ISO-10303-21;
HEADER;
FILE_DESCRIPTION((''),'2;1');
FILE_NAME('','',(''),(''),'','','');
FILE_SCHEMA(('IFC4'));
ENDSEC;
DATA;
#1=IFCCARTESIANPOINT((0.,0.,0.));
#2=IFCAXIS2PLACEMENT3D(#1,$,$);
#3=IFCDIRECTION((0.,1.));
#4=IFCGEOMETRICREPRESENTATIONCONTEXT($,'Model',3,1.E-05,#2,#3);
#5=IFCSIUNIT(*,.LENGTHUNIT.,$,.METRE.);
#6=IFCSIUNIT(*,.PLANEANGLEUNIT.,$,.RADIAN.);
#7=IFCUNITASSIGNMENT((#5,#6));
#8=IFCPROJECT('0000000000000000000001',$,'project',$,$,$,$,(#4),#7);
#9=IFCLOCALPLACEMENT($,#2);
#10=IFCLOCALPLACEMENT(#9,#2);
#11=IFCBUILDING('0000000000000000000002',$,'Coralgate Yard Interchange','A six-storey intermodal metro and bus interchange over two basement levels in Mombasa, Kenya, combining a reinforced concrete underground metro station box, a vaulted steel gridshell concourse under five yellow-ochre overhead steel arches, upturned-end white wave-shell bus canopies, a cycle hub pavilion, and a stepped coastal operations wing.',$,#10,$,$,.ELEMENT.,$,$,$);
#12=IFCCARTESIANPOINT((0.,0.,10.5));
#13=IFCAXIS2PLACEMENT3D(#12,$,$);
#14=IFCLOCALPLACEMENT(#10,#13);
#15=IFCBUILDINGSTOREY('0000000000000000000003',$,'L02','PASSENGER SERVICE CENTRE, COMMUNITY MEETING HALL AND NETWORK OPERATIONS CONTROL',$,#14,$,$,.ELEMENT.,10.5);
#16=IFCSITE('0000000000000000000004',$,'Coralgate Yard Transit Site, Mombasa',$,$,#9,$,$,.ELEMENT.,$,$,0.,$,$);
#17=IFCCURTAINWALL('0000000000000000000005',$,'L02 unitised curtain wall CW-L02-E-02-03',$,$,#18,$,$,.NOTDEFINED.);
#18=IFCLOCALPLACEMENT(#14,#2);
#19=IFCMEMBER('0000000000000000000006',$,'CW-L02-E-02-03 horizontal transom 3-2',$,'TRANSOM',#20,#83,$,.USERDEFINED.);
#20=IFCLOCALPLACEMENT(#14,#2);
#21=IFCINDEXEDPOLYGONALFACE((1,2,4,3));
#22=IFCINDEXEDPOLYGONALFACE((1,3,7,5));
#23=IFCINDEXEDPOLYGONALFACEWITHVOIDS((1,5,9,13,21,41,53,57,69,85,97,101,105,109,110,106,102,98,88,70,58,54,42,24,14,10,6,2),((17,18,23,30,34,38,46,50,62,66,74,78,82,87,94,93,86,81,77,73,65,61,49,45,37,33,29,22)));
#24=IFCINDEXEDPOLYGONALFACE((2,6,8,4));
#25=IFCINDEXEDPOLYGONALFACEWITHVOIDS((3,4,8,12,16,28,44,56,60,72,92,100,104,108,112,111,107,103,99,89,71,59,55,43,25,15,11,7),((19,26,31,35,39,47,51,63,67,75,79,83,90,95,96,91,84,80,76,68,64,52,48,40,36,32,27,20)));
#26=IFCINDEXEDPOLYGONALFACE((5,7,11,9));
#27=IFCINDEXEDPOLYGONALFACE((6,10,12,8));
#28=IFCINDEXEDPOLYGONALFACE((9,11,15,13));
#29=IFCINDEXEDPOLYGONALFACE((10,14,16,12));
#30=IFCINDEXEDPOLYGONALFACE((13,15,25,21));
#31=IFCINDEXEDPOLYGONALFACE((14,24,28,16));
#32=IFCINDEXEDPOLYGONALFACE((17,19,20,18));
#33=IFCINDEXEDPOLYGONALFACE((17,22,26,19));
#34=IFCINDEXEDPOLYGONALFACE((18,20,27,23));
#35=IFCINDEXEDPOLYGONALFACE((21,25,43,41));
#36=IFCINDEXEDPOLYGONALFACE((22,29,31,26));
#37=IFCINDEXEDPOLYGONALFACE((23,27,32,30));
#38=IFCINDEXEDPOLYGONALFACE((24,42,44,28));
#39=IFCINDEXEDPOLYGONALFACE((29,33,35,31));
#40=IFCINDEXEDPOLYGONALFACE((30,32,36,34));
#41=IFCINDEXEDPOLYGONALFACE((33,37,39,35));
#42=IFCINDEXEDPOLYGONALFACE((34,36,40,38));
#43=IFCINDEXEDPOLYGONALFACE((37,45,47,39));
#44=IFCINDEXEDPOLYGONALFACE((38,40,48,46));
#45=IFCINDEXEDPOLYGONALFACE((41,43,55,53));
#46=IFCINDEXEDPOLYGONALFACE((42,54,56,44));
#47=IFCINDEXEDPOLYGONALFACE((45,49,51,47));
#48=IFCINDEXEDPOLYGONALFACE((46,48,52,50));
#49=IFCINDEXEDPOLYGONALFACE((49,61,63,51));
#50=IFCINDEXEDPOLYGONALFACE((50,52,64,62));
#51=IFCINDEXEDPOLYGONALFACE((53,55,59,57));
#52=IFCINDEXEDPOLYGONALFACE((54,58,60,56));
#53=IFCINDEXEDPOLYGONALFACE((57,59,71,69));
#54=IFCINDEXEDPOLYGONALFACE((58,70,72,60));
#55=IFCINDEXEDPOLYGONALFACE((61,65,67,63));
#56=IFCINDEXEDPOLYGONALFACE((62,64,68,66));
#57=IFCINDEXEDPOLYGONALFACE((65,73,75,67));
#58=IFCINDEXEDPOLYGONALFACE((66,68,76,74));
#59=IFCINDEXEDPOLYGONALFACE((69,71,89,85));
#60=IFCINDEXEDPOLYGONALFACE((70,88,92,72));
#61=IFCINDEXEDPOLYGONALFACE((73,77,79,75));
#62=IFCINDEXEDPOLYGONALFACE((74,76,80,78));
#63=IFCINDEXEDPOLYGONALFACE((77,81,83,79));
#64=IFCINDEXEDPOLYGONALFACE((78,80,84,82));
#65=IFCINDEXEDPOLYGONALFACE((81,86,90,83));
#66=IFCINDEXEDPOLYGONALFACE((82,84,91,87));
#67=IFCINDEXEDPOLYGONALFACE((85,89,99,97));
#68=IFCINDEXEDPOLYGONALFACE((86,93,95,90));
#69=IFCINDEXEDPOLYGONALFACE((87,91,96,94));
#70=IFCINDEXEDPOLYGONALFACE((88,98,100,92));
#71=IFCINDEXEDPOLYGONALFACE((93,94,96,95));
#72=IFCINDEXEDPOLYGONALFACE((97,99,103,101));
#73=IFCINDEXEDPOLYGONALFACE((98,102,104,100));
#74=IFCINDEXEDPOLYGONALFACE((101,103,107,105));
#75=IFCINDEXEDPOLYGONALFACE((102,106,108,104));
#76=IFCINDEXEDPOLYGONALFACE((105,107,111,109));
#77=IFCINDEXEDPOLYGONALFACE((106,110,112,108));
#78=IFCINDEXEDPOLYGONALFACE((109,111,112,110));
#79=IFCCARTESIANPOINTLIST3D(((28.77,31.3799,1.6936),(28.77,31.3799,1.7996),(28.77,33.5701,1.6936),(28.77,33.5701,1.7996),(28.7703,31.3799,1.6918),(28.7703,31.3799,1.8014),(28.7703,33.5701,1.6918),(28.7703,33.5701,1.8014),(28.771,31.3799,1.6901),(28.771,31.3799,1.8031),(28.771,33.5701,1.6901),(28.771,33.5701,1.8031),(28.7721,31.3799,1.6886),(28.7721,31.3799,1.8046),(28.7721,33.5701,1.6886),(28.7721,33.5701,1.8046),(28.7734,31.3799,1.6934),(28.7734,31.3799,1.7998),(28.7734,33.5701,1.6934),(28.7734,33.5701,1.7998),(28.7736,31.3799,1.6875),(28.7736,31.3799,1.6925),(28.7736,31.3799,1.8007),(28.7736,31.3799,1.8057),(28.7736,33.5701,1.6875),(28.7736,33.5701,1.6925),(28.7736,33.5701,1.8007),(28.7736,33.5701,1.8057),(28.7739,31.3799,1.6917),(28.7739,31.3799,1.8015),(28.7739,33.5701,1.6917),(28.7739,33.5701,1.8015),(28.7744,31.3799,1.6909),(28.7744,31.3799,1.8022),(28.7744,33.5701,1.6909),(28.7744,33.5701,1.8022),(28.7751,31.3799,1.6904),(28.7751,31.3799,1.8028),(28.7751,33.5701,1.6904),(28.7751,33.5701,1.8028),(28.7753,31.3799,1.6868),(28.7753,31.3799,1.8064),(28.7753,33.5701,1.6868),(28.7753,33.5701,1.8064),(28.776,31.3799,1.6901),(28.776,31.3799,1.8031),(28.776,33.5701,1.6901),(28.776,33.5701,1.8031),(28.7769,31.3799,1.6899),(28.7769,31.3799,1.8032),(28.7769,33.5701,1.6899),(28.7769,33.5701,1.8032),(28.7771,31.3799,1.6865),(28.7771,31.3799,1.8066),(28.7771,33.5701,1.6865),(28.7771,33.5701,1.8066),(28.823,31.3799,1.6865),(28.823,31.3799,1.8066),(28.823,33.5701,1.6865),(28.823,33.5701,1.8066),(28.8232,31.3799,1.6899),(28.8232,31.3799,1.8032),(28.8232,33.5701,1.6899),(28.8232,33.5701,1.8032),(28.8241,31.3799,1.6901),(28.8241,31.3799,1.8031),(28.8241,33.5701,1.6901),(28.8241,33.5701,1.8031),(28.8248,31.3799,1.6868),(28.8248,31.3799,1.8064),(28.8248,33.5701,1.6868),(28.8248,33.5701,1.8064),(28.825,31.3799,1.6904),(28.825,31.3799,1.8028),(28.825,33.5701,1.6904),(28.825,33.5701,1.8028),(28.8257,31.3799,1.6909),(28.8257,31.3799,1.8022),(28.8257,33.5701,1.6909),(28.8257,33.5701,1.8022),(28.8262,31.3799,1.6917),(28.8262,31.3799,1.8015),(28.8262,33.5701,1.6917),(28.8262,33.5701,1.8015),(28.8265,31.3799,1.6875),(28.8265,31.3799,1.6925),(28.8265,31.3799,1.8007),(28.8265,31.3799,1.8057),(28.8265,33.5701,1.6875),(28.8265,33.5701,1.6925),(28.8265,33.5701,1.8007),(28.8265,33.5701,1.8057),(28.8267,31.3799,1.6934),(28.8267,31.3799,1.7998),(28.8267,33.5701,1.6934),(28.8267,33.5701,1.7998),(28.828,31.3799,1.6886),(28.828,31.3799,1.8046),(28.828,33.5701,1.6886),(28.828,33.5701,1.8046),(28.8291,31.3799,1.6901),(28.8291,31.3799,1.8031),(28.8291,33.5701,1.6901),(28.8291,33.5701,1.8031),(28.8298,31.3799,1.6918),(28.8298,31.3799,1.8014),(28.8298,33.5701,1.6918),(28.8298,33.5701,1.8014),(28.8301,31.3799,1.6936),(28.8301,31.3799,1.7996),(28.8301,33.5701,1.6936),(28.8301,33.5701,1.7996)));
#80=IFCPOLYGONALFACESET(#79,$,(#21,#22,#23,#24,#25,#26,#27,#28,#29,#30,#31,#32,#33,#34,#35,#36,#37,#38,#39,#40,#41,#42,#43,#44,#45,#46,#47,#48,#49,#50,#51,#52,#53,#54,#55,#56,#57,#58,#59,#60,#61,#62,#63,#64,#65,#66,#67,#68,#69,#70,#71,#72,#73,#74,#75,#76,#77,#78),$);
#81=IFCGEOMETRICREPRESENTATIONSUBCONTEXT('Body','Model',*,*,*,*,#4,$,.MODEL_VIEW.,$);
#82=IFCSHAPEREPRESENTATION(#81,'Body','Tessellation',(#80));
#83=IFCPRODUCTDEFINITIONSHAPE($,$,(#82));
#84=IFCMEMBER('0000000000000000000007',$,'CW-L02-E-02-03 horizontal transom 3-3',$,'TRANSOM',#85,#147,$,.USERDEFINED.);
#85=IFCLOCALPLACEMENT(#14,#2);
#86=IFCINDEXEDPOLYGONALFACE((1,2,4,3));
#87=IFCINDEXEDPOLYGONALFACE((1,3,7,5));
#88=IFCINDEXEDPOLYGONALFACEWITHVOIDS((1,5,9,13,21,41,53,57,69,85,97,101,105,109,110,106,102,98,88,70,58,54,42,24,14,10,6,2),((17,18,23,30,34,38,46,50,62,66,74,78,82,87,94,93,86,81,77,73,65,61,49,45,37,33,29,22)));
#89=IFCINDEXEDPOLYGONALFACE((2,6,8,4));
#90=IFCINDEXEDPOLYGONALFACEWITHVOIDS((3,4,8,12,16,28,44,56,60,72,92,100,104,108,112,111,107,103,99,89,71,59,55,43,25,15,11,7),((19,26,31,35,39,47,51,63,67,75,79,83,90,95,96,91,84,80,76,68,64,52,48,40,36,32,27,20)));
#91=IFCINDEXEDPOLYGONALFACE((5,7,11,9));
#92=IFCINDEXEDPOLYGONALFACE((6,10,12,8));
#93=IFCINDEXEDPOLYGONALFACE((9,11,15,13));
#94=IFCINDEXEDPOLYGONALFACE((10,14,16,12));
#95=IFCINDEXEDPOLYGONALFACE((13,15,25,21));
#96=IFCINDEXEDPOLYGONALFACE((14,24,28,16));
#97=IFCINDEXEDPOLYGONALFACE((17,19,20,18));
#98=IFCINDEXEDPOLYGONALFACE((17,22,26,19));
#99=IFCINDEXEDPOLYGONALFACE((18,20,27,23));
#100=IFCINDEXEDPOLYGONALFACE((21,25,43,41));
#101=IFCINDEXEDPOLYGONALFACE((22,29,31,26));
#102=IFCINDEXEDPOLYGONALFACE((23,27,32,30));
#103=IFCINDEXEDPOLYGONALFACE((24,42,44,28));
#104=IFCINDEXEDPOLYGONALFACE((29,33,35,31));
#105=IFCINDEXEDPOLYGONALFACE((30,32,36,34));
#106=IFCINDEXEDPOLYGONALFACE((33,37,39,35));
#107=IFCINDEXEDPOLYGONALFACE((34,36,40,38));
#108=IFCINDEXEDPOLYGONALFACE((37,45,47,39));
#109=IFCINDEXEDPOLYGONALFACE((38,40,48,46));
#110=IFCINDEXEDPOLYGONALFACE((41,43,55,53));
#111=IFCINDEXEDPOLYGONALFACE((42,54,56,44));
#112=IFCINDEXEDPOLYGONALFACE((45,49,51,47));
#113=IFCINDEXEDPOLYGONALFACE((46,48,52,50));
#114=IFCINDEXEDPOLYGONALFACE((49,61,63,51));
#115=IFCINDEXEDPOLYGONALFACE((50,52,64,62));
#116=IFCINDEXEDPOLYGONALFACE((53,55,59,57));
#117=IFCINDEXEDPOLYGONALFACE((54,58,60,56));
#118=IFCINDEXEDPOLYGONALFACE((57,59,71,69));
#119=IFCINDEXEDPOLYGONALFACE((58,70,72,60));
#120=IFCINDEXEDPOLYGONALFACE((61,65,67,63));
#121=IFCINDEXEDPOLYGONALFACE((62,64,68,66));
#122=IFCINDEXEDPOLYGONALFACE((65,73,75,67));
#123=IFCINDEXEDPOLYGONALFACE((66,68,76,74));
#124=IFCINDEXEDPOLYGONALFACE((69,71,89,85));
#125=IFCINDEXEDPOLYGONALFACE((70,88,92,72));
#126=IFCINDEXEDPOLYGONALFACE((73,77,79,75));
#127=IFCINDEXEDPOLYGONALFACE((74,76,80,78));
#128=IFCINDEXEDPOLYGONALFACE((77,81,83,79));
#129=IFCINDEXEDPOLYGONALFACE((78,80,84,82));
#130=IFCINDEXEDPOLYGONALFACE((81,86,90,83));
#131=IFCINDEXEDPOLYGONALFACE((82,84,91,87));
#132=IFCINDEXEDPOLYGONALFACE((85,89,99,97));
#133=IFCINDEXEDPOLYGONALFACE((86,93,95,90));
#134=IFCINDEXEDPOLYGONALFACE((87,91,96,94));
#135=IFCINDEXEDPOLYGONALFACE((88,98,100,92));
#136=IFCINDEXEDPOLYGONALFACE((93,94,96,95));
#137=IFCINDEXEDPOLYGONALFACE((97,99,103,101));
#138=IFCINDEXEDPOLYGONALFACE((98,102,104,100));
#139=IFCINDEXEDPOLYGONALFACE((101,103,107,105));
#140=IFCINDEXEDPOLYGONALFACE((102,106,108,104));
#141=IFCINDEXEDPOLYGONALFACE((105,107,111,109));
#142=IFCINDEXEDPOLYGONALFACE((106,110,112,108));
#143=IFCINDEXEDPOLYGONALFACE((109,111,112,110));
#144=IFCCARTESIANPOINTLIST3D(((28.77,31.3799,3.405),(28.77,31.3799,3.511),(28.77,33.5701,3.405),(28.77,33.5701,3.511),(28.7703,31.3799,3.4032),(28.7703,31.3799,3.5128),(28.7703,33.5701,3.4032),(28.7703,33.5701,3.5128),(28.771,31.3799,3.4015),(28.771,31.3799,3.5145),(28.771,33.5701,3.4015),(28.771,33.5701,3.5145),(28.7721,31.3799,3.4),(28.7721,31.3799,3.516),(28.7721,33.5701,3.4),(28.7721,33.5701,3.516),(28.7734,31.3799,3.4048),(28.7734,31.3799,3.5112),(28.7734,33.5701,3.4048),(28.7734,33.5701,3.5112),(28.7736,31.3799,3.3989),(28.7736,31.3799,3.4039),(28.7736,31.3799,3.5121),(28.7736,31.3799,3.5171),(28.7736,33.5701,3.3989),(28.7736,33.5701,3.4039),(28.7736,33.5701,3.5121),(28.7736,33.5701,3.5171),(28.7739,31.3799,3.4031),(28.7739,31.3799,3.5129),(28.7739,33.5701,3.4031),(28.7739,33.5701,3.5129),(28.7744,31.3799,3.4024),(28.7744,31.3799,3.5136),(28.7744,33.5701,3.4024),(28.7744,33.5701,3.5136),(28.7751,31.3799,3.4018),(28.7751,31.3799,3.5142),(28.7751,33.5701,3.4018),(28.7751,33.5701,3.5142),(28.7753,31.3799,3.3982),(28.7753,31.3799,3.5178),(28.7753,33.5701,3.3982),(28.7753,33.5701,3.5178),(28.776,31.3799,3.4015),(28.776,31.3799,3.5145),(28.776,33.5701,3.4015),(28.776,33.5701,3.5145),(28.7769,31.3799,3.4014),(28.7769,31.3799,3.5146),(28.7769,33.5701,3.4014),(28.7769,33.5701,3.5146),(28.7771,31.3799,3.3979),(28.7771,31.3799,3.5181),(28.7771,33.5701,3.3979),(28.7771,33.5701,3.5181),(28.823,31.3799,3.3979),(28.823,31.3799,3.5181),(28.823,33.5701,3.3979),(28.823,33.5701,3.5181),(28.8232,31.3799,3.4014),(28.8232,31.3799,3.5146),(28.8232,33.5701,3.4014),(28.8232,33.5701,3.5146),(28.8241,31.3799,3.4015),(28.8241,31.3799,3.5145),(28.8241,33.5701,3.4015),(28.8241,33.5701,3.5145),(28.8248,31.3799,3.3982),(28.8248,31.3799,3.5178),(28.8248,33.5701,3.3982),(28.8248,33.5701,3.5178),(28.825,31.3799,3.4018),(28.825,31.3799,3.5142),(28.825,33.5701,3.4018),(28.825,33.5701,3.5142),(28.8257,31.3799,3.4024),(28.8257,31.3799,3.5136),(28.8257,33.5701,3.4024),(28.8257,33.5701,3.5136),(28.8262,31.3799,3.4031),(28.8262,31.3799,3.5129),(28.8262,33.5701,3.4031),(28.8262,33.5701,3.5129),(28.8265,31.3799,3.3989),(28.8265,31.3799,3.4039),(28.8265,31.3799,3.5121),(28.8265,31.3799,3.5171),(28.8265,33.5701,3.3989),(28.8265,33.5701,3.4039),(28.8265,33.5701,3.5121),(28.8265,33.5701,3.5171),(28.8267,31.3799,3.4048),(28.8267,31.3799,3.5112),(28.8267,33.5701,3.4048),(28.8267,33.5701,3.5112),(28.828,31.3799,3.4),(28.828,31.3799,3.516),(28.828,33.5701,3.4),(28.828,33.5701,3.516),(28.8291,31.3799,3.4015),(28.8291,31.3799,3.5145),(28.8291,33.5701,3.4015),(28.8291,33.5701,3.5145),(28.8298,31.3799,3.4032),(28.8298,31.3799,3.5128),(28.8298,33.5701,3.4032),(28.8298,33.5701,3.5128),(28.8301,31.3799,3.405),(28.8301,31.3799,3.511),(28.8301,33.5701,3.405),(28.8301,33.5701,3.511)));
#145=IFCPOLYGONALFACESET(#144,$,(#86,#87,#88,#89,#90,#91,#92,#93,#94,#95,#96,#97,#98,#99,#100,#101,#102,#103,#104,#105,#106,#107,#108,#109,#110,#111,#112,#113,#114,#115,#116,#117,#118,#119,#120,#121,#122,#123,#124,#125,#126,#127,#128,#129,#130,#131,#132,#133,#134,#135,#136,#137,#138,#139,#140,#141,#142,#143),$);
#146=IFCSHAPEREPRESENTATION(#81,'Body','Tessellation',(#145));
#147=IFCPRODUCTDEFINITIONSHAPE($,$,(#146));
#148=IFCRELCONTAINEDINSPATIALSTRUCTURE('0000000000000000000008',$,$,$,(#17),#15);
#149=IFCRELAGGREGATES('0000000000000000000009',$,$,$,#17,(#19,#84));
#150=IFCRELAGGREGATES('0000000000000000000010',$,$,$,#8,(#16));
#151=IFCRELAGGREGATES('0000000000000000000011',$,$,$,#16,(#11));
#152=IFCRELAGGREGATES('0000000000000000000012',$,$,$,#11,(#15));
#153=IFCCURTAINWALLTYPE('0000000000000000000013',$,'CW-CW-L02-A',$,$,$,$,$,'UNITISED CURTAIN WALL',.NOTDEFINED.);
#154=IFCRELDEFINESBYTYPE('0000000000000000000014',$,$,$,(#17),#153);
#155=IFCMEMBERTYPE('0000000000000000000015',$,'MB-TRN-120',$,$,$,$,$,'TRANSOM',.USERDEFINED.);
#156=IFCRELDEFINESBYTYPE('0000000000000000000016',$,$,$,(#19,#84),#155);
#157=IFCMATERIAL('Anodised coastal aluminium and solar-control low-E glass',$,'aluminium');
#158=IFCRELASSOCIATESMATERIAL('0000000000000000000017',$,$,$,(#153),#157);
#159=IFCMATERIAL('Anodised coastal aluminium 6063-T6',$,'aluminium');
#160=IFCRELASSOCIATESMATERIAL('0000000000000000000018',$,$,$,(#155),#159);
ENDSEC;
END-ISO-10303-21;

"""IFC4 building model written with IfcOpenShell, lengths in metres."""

from ifc_helpers import new_model, si_unit, direction, frame, origin, origin_2d, place, context, subcontext, project, spatial, hollow_rectangle, extrude, material, material_profile, profile_set, type_object, element, aggregate, save


model = new_model("IFC4")

# Units and contexts
model_context = context("Model", 3, precision=1e-05, world=origin(), true_north=direction((0.0, 1.0)))
body_context = subcontext(model_context, "Body", "Model", "MODEL_VIEW")
ifc_project = project(units=[si_unit("LENGTHUNIT", "METRE"), si_unit("PLANEANGLEUNIT", "RADIAN")], contexts=[model_context])

# Site, building, storey
site_placement = place(None, origin())
site = spatial("IfcSite", under=ifc_project, at=site_placement, Name="Coralgate Yard Transit Site, Mombasa", CompositionType="ELEMENT", RefElevation=0.0)
building_placement = place(site_placement, origin())
building = spatial("IfcBuilding", under=site, at=building_placement, Name="Coralgate Yard Interchange", Description="A six-storey intermodal metro and bus interchange over two basement levels in Mombasa, Kenya, combining a reinforced concrete underground metro station box, a vaulted steel gridshell concourse under five yellow-ochre overhead steel arches, upturned-end white wave-shell bus canopies, a cycle hub pavilion, and a stepped coastal operations wing.", CompositionType="ELEMENT")
storey_placement = place(building_placement, frame((0.0, 0.0, 10.5)))
storey = spatial("IfcBuildingStorey", under=building, at=storey_placement, Name="L02", Description="PASSENGER SERVICE CENTRE, COMMUNITY MEETING HALL AND NETWORK OPERATIONS CONTROL", CompositionType="ELEMENT", Elevation=10.5)

# Shared definitions
ifc_material_1 = material(Name="Anodised coastal aluminium and solar-control low-E glass", Category="aluminium")
curtain_wall_type = type_object("IfcCurtainWallType", Name="CW-CW-L02-A", ElementType="UNITISED CURTAIN WALL", PredefinedType="NOTDEFINED", material=ifc_material_1)
ifc_material_2 = material(Name="Anodised coastal aluminium 6063-T6", Category="aluminium")

# Curtain wall
curtain_wall_1_placement = place(storey_placement, origin())
curtain_wall_1 = element("IfcCurtainWall", 1, at=curtain_wall_1_placement, inside=storey, type_object=curtain_wall_type, Name="L02 unitised curtain wall CW-L02-E-02-03", PredefinedType="NOTDEFINED")

# Members
ifc_material_profile_1 = material_profile(ifc_material_2, hollow_rectangle(XDim=0.0601, YDim=0.1201, WallThickness=0.0034, InnerFilletRadius=0.0034, OuterFilletRadius=0.0071, at=origin_2d()), Name="ALU 60x120x3.5")
ifc_profile_set_1 = profile_set([ifc_material_profile_1], Name="Anodised coastal aluminium 6063-T6")
member_type_1 = type_object("IfcMemberType", Name="MB-TRN-120", ElementType="TRANSOM", PredefinedType="USERDEFINED", material=ifc_profile_set_1)
member_1_placement = place(storey_placement, frame((28.8, 33.5701, 1.7466), z_axis=(0.0, -1.0, 0.0), x_axis=(1.0, 0.0, 0.0)))
member_1 = element("IfcMember", 2, at=member_1_placement, type_object=member_type_1, Name="CW-L02-E-02-03 horizontal transom 3-2", ObjectType="TRANSOM", PredefinedType="USERDEFINED", context=body_context, shape_type="SweptSolid", body=[
    extrude(hollow_rectangle(XDim=0.0601, YDim=0.1201, WallThickness=0.0034, InnerFilletRadius=0.0034, OuterFilletRadius=0.0071, at=origin_2d()), origin(), (0.0, 0.0, 1.0), 2.1902),
])
member_2_placement = place(storey_placement, frame((28.8, 33.5701, 3.458), z_axis=(0.0, -1.0, 0.0), x_axis=(1.0, 0.0, 0.0)))
member_2 = element("IfcMember", 3, at=member_2_placement, type_object=member_type_1, Name="CW-L02-E-02-03 horizontal transom 3-3", ObjectType="TRANSOM", PredefinedType="USERDEFINED", context=body_context, shape_type="SweptSolid", body=[
    extrude(hollow_rectangle(XDim=0.0601, YDim=0.1201, WallThickness=0.0034, InnerFilletRadius=0.0034, OuterFilletRadius=0.0071, at=origin_2d()), origin(), (0.0, 0.0, 1.0), 2.1902),
])

aggregate(curtain_wall_1, [member_1, member_2])

save(model, "model.ifc")
